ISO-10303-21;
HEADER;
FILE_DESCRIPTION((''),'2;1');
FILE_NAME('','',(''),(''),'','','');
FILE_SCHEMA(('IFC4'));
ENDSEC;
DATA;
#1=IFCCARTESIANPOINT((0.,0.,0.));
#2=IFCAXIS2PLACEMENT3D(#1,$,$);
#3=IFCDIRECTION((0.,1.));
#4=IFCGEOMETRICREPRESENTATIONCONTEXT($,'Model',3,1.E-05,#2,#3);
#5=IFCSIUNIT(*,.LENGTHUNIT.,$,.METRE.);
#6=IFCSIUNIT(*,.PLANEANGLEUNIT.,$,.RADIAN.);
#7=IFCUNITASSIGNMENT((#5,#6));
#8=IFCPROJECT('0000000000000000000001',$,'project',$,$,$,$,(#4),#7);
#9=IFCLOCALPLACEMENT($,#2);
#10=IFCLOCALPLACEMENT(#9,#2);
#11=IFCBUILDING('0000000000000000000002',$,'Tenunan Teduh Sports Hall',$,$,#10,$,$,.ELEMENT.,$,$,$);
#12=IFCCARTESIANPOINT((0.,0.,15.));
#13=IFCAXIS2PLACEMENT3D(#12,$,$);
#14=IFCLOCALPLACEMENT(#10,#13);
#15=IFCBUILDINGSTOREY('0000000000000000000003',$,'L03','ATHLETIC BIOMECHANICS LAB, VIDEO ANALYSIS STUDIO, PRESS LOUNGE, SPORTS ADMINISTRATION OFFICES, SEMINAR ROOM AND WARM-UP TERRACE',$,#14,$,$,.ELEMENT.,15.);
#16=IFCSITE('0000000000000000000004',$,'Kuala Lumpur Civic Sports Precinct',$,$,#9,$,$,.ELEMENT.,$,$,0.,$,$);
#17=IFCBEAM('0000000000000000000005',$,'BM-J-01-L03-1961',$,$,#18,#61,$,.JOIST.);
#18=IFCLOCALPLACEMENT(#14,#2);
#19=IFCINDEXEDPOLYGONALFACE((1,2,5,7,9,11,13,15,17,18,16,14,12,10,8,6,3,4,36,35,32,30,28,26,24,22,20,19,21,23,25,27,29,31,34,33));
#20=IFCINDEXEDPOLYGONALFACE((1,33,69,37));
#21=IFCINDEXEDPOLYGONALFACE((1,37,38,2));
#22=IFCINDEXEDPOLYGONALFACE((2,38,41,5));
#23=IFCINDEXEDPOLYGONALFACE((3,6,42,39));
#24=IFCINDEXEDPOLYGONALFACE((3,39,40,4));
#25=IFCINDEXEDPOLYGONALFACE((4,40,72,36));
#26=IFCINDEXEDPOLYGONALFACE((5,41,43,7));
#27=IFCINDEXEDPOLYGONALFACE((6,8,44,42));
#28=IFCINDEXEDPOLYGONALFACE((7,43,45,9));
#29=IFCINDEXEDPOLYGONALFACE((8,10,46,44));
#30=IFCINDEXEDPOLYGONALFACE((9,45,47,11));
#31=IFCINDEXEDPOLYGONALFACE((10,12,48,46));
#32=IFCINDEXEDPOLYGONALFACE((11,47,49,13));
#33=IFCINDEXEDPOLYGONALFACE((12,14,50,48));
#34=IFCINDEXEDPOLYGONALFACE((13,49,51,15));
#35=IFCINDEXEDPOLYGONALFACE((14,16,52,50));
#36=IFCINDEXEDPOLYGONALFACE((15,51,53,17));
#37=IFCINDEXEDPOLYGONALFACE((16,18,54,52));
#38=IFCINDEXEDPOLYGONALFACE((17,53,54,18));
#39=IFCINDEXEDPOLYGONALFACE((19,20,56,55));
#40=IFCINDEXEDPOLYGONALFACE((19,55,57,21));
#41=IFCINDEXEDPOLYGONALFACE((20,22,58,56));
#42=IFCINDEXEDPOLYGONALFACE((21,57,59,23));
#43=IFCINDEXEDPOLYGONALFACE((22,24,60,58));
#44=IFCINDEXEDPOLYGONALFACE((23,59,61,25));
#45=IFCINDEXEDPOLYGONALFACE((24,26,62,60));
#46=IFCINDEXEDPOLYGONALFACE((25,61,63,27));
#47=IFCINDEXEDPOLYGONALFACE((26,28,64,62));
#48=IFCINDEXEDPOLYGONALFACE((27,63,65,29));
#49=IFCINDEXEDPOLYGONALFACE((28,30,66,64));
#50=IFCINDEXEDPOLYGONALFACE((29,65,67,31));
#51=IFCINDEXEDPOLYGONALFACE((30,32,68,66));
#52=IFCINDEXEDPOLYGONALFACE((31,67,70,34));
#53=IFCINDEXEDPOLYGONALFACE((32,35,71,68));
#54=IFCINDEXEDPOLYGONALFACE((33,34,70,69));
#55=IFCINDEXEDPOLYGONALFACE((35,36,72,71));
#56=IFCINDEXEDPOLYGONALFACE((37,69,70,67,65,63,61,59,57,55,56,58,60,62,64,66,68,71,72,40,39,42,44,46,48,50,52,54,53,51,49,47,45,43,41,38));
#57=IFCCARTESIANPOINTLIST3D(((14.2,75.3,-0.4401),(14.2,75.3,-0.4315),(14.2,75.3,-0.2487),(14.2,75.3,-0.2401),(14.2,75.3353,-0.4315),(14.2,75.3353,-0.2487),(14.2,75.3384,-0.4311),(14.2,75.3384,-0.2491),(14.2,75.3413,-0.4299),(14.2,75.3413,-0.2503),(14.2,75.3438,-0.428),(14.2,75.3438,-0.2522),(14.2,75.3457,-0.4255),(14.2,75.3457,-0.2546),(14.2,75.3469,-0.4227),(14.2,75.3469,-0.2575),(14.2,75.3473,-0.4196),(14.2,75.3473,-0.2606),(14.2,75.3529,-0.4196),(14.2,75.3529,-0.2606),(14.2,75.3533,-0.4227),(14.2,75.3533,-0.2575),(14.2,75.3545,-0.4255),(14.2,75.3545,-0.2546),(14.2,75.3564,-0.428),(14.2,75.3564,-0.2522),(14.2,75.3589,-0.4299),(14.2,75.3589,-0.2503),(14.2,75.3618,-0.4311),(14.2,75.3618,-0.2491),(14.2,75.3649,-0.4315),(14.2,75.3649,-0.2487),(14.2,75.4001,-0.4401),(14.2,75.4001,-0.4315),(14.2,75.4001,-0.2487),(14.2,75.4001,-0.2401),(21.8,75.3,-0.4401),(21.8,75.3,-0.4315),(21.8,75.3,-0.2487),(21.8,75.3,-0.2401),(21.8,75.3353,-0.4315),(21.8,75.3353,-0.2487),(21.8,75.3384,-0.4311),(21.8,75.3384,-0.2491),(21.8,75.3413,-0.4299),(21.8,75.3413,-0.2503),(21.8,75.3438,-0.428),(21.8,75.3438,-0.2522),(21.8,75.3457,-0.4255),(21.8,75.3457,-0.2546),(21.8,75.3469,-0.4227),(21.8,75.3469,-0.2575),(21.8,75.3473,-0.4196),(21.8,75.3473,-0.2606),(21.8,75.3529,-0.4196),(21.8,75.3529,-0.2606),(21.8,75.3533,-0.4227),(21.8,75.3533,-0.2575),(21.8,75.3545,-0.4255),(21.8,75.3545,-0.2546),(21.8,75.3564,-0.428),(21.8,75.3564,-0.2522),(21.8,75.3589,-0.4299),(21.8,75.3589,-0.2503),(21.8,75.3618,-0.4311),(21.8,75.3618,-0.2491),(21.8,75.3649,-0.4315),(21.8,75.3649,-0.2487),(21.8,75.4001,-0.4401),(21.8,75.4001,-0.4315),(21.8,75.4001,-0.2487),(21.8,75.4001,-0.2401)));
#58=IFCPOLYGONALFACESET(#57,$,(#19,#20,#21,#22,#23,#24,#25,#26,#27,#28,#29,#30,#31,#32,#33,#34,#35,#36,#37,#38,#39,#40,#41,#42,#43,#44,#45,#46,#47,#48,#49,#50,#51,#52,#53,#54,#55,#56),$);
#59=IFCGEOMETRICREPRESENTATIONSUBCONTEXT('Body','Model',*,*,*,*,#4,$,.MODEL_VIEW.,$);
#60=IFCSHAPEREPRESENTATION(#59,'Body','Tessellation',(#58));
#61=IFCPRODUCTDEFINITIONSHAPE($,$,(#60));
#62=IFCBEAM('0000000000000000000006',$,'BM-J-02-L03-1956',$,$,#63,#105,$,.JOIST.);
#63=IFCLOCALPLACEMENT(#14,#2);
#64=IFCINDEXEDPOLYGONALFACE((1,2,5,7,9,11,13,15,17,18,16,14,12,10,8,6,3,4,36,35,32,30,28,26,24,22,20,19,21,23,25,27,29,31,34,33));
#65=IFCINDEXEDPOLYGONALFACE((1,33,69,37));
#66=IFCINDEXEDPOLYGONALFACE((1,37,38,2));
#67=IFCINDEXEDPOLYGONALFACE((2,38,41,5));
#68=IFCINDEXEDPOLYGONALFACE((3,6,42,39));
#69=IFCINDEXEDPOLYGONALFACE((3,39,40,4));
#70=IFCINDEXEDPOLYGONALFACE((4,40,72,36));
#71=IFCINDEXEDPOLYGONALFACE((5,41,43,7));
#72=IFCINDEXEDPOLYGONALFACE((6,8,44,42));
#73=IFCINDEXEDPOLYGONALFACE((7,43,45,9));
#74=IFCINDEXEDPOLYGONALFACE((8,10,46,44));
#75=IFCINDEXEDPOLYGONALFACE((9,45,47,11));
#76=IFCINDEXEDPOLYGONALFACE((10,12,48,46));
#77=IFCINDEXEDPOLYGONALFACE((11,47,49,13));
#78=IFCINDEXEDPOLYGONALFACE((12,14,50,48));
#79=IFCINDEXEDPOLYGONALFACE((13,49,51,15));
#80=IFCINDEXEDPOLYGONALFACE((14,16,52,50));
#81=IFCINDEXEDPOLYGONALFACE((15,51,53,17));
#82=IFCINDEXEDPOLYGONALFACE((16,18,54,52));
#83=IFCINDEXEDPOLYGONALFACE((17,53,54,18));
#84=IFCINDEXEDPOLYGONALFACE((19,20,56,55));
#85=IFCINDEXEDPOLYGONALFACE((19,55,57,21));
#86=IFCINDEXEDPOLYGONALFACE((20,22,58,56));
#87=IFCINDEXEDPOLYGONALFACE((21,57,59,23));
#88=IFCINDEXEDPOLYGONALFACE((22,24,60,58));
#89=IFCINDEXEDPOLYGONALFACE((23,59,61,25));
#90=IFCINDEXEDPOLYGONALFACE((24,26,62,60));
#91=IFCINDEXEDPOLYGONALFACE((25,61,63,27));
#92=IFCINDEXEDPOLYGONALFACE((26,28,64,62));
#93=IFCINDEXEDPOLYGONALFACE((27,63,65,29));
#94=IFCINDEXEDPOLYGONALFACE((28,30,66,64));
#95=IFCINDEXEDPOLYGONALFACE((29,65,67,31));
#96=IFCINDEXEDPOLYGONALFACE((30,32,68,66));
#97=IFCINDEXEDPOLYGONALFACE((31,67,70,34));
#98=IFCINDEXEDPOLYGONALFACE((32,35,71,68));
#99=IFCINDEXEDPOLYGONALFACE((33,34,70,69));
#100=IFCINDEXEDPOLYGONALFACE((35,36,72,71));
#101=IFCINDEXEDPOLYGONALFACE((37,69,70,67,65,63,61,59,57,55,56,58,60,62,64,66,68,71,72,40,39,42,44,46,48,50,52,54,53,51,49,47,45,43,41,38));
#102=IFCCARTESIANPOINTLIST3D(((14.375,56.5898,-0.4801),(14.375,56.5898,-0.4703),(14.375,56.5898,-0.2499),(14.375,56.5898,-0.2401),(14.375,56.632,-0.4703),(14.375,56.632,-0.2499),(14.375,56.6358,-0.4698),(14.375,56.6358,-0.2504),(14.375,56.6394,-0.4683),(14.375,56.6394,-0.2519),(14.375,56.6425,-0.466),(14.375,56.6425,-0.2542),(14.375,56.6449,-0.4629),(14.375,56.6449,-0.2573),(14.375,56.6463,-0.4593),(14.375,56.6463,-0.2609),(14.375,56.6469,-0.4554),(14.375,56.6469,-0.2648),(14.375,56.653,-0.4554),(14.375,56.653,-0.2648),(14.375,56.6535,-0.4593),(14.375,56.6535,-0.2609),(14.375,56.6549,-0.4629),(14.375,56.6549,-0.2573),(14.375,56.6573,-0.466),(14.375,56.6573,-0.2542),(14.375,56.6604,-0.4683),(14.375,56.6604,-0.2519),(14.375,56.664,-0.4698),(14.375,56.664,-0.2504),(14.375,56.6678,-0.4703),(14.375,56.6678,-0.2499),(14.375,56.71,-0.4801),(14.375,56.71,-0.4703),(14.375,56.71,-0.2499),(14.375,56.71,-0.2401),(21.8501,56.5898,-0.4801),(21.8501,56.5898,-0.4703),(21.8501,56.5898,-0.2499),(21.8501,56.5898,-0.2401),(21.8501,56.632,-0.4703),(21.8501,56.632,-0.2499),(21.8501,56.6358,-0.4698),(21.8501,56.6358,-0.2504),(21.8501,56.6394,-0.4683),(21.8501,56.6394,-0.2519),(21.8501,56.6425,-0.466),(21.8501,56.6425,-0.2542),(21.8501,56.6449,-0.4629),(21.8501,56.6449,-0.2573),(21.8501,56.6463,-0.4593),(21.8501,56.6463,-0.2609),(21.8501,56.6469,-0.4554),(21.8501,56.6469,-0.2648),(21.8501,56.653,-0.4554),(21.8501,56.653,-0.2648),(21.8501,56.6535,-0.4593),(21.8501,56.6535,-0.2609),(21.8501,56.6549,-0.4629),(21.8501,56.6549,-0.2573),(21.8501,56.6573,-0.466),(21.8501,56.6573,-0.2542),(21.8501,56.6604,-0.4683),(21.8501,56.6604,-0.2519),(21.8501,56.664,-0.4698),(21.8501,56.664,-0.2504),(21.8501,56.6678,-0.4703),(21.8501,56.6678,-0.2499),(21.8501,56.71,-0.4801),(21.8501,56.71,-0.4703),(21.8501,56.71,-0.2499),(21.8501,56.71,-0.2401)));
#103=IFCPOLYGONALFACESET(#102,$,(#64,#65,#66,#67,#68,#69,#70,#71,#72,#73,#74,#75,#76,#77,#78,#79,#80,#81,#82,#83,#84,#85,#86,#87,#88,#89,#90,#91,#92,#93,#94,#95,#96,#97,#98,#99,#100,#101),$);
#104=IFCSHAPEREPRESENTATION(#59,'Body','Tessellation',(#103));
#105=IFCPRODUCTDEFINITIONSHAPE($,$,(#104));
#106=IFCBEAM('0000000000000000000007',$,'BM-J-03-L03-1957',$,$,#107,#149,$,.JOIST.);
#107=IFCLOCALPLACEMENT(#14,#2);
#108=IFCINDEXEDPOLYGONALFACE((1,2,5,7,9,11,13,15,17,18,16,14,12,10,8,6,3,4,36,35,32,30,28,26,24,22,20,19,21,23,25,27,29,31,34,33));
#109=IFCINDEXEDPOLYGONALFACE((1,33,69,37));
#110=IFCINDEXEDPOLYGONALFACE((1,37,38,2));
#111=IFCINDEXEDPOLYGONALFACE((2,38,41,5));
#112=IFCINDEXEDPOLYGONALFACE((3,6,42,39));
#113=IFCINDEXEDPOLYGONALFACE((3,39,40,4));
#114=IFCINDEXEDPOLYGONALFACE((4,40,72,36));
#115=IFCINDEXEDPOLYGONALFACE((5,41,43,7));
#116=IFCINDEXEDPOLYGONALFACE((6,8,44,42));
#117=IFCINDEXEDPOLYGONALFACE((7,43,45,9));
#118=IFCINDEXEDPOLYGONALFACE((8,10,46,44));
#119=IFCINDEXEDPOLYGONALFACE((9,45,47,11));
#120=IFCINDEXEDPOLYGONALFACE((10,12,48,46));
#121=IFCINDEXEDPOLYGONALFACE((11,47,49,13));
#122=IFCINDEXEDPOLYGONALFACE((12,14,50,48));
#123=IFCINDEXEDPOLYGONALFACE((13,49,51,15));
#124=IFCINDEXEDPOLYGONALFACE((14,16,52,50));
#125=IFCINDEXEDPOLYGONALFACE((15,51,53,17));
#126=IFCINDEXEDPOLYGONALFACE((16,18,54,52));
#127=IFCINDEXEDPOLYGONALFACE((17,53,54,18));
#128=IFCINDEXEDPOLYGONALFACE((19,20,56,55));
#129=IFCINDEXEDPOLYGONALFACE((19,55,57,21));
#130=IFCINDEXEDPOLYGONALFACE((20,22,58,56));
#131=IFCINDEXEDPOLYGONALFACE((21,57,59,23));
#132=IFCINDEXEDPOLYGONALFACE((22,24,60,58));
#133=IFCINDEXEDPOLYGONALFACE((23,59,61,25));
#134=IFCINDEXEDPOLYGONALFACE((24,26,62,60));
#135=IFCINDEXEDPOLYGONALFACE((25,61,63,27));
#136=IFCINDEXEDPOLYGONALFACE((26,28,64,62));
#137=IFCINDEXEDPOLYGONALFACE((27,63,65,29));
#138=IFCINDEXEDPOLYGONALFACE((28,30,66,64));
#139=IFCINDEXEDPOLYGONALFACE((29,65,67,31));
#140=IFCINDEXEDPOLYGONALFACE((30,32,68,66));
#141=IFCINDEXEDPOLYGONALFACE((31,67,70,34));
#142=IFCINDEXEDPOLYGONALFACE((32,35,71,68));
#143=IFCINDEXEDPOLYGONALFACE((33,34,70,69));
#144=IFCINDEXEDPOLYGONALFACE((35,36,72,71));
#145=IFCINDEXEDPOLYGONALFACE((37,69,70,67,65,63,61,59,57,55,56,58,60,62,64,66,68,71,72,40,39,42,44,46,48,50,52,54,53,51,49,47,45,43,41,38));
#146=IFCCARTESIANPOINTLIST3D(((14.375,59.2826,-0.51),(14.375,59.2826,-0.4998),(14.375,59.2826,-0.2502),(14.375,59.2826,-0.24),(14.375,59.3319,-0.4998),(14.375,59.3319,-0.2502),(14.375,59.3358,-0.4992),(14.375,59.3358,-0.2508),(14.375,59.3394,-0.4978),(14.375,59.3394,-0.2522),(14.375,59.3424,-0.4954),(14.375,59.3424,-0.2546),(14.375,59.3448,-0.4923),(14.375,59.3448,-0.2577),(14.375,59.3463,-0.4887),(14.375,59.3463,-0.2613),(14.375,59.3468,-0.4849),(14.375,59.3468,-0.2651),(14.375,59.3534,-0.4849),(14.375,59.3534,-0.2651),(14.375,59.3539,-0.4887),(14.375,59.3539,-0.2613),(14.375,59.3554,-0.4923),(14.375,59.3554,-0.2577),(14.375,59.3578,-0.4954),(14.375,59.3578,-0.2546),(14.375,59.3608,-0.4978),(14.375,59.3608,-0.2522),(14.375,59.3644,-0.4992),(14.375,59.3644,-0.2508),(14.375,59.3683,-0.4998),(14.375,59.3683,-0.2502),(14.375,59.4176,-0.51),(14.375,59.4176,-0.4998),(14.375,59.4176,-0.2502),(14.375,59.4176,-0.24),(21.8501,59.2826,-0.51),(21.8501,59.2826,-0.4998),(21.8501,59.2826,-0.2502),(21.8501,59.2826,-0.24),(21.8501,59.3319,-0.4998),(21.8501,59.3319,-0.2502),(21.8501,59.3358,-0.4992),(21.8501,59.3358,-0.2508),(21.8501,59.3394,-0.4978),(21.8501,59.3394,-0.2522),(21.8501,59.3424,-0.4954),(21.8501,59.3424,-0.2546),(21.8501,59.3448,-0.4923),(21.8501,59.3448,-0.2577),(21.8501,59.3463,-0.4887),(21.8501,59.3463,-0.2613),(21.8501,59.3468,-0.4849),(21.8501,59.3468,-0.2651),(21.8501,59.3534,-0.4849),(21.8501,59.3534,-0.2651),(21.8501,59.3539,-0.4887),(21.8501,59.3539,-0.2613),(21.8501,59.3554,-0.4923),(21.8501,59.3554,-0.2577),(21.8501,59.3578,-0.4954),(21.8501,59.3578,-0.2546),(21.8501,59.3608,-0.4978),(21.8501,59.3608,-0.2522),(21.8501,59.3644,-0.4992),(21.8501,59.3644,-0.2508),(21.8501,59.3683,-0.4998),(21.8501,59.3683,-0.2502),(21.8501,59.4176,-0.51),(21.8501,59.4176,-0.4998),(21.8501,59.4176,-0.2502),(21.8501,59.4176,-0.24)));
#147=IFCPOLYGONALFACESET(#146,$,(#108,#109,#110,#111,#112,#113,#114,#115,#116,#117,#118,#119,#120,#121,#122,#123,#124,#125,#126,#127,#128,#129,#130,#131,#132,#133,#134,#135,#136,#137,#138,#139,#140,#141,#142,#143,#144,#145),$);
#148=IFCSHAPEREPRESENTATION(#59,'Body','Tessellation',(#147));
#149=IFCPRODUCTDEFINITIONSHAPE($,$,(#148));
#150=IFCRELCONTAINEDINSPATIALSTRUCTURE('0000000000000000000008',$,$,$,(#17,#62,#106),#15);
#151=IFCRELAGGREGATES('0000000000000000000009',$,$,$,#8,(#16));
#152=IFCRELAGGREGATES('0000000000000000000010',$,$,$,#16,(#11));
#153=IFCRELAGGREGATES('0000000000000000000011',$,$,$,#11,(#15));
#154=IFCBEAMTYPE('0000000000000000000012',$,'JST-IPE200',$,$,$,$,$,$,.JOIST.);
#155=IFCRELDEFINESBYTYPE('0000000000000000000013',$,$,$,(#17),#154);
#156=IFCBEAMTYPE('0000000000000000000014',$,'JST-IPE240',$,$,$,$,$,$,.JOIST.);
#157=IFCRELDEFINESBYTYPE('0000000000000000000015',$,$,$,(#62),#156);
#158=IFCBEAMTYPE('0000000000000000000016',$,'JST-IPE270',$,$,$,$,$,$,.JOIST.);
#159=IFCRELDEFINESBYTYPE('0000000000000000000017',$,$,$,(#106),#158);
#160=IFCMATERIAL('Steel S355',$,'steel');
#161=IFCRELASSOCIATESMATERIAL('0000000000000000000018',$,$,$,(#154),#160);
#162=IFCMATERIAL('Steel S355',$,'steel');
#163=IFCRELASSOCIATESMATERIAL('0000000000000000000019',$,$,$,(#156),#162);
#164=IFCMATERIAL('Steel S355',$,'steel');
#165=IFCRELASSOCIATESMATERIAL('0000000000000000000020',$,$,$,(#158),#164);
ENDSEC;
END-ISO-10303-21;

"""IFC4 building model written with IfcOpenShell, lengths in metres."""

from ifc_helpers import new_model, si_unit, direction, frame, origin, origin_2d, place, context, subcontext, project, spatial, i_section, extrude, material, material_profile, profile_set, type_object, element, save


model = new_model("IFC4")

# Units and contexts
model_context = context("Model", 3, precision=1e-05, world=origin(), true_north=direction((0.0, 1.0)))
body_context = subcontext(model_context, "Body", "Model", "MODEL_VIEW")
ifc_project = project(units=[si_unit("LENGTHUNIT", "METRE"), si_unit("PLANEANGLEUNIT", "RADIAN")], contexts=[model_context])

# Site, building, storey
site_placement = place(None, origin())
site = spatial("IfcSite", under=ifc_project, at=site_placement, Name="Kuala Lumpur Civic Sports Precinct", CompositionType="ELEMENT", RefElevation=0.0)
building_placement = place(site_placement, origin())
building = spatial("IfcBuilding", under=site, at=building_placement, Name="Tenunan Teduh Sports Hall", CompositionType="ELEMENT")
storey_placement = place(building_placement, frame((0.0, 0.0, 15.0)))
storey = spatial("IfcBuildingStorey", under=building, at=storey_placement, Name="L03", Description="ATHLETIC BIOMECHANICS LAB, VIDEO ANALYSIS STUDIO, PRESS LOUNGE, SPORTS ADMINISTRATION OFFICES, SEMINAR ROOM AND WARM-UP TERRACE", CompositionType="ELEMENT", Elevation=15.0)

# Beams
ifc_material_1 = material(Name="Steel S355", Category="steel")
ifc_material_profile_1 = material_profile(ifc_material_1, i_section(OverallWidth=0.1001, OverallDepth=0.2, WebThickness=0.0056, FlangeThickness=0.0085, FilletRadius=0.012, at=origin_2d()), Name="IPE 200")
ifc_profile_set_1 = profile_set([ifc_material_profile_1], Name="Steel S355")
beam_type_1 = type_object("IfcBeamType", Name="JST-IPE200", PredefinedType="JOIST", material=ifc_profile_set_1)
beam_1_placement = place(storey_placement, frame((14.2, 75.3501, -0.3401), z_axis=(1.0, 0.0, 0.0), x_axis=(0.0, 1.0, 0.0)))
element("IfcBeam", 1, at=beam_1_placement, inside=storey, type_object=beam_type_1, Name="BM-J-01-L03-1961", PredefinedType="JOIST", context=body_context, shape_type="SweptSolid", body=[
    extrude(i_section(OverallWidth=0.1001, OverallDepth=0.2, WebThickness=0.0056, FlangeThickness=0.0085, FilletRadius=0.012, at=origin_2d()), origin(), (0.0, 0.0, 1.0), 7.6001),
])
ifc_material_2 = material(Name="Steel S355", Category="steel")
ifc_material_profile_2 = material_profile(ifc_material_2, i_section(OverallWidth=0.1201, OverallDepth=0.24, WebThickness=0.0061, FlangeThickness=0.0098, FilletRadius=0.0149, at=origin_2d()), Name="IPE 240")
ifc_profile_set_2 = profile_set([ifc_material_profile_2], Name="Steel S355")
beam_type_2 = type_object("IfcBeamType", Name="JST-IPE240", PredefinedType="JOIST", material=ifc_profile_set_2)
beam_2_placement = place(storey_placement, frame((14.375, 56.6499, -0.3601), z_axis=(1.0, 0.0, 0.0), x_axis=(0.0, 1.0, 0.0)))
element("IfcBeam", 2, at=beam_2_placement, inside=storey, type_object=beam_type_2, Name="BM-J-02-L03-1956", PredefinedType="JOIST", context=body_context, shape_type="SweptSolid", body=[
    extrude(i_section(OverallWidth=0.1201, OverallDepth=0.24, WebThickness=0.0061, FlangeThickness=0.0098, FilletRadius=0.0149, at=origin_2d()), origin(), (0.0, 0.0, 1.0), 7.4751),
])
ifc_material_3 = material(Name="Steel S355", Category="steel")
ifc_material_profile_3 = material_profile(ifc_material_3, i_section(OverallWidth=0.135, OverallDepth=0.27, WebThickness=0.0066, FlangeThickness=0.0103, FilletRadius=0.0149, at=origin_2d()), Name="IPE 270")
ifc_profile_set_3 = profile_set([ifc_material_profile_3], Name="Steel S355")
beam_type_3 = type_object("IfcBeamType", Name="JST-IPE270", PredefinedType="JOIST", material=ifc_profile_set_3)
beam_3_placement = place(storey_placement, frame((14.375, 59.3501, -0.375), z_axis=(1.0, 0.0, 0.0), x_axis=(0.0, 1.0, 0.0)))
element("IfcBeam", 3, at=beam_3_placement, inside=storey, type_object=beam_type_3, Name="BM-J-03-L03-1957", PredefinedType="JOIST", context=body_context, shape_type="SweptSolid", body=[
    extrude(i_section(OverallWidth=0.135, OverallDepth=0.27, WebThickness=0.0066, FlangeThickness=0.0103, FilletRadius=0.0149, at=origin_2d()), origin(), (0.0, 0.0, 1.0), 7.4751),
])

save(model, "model.ifc")
